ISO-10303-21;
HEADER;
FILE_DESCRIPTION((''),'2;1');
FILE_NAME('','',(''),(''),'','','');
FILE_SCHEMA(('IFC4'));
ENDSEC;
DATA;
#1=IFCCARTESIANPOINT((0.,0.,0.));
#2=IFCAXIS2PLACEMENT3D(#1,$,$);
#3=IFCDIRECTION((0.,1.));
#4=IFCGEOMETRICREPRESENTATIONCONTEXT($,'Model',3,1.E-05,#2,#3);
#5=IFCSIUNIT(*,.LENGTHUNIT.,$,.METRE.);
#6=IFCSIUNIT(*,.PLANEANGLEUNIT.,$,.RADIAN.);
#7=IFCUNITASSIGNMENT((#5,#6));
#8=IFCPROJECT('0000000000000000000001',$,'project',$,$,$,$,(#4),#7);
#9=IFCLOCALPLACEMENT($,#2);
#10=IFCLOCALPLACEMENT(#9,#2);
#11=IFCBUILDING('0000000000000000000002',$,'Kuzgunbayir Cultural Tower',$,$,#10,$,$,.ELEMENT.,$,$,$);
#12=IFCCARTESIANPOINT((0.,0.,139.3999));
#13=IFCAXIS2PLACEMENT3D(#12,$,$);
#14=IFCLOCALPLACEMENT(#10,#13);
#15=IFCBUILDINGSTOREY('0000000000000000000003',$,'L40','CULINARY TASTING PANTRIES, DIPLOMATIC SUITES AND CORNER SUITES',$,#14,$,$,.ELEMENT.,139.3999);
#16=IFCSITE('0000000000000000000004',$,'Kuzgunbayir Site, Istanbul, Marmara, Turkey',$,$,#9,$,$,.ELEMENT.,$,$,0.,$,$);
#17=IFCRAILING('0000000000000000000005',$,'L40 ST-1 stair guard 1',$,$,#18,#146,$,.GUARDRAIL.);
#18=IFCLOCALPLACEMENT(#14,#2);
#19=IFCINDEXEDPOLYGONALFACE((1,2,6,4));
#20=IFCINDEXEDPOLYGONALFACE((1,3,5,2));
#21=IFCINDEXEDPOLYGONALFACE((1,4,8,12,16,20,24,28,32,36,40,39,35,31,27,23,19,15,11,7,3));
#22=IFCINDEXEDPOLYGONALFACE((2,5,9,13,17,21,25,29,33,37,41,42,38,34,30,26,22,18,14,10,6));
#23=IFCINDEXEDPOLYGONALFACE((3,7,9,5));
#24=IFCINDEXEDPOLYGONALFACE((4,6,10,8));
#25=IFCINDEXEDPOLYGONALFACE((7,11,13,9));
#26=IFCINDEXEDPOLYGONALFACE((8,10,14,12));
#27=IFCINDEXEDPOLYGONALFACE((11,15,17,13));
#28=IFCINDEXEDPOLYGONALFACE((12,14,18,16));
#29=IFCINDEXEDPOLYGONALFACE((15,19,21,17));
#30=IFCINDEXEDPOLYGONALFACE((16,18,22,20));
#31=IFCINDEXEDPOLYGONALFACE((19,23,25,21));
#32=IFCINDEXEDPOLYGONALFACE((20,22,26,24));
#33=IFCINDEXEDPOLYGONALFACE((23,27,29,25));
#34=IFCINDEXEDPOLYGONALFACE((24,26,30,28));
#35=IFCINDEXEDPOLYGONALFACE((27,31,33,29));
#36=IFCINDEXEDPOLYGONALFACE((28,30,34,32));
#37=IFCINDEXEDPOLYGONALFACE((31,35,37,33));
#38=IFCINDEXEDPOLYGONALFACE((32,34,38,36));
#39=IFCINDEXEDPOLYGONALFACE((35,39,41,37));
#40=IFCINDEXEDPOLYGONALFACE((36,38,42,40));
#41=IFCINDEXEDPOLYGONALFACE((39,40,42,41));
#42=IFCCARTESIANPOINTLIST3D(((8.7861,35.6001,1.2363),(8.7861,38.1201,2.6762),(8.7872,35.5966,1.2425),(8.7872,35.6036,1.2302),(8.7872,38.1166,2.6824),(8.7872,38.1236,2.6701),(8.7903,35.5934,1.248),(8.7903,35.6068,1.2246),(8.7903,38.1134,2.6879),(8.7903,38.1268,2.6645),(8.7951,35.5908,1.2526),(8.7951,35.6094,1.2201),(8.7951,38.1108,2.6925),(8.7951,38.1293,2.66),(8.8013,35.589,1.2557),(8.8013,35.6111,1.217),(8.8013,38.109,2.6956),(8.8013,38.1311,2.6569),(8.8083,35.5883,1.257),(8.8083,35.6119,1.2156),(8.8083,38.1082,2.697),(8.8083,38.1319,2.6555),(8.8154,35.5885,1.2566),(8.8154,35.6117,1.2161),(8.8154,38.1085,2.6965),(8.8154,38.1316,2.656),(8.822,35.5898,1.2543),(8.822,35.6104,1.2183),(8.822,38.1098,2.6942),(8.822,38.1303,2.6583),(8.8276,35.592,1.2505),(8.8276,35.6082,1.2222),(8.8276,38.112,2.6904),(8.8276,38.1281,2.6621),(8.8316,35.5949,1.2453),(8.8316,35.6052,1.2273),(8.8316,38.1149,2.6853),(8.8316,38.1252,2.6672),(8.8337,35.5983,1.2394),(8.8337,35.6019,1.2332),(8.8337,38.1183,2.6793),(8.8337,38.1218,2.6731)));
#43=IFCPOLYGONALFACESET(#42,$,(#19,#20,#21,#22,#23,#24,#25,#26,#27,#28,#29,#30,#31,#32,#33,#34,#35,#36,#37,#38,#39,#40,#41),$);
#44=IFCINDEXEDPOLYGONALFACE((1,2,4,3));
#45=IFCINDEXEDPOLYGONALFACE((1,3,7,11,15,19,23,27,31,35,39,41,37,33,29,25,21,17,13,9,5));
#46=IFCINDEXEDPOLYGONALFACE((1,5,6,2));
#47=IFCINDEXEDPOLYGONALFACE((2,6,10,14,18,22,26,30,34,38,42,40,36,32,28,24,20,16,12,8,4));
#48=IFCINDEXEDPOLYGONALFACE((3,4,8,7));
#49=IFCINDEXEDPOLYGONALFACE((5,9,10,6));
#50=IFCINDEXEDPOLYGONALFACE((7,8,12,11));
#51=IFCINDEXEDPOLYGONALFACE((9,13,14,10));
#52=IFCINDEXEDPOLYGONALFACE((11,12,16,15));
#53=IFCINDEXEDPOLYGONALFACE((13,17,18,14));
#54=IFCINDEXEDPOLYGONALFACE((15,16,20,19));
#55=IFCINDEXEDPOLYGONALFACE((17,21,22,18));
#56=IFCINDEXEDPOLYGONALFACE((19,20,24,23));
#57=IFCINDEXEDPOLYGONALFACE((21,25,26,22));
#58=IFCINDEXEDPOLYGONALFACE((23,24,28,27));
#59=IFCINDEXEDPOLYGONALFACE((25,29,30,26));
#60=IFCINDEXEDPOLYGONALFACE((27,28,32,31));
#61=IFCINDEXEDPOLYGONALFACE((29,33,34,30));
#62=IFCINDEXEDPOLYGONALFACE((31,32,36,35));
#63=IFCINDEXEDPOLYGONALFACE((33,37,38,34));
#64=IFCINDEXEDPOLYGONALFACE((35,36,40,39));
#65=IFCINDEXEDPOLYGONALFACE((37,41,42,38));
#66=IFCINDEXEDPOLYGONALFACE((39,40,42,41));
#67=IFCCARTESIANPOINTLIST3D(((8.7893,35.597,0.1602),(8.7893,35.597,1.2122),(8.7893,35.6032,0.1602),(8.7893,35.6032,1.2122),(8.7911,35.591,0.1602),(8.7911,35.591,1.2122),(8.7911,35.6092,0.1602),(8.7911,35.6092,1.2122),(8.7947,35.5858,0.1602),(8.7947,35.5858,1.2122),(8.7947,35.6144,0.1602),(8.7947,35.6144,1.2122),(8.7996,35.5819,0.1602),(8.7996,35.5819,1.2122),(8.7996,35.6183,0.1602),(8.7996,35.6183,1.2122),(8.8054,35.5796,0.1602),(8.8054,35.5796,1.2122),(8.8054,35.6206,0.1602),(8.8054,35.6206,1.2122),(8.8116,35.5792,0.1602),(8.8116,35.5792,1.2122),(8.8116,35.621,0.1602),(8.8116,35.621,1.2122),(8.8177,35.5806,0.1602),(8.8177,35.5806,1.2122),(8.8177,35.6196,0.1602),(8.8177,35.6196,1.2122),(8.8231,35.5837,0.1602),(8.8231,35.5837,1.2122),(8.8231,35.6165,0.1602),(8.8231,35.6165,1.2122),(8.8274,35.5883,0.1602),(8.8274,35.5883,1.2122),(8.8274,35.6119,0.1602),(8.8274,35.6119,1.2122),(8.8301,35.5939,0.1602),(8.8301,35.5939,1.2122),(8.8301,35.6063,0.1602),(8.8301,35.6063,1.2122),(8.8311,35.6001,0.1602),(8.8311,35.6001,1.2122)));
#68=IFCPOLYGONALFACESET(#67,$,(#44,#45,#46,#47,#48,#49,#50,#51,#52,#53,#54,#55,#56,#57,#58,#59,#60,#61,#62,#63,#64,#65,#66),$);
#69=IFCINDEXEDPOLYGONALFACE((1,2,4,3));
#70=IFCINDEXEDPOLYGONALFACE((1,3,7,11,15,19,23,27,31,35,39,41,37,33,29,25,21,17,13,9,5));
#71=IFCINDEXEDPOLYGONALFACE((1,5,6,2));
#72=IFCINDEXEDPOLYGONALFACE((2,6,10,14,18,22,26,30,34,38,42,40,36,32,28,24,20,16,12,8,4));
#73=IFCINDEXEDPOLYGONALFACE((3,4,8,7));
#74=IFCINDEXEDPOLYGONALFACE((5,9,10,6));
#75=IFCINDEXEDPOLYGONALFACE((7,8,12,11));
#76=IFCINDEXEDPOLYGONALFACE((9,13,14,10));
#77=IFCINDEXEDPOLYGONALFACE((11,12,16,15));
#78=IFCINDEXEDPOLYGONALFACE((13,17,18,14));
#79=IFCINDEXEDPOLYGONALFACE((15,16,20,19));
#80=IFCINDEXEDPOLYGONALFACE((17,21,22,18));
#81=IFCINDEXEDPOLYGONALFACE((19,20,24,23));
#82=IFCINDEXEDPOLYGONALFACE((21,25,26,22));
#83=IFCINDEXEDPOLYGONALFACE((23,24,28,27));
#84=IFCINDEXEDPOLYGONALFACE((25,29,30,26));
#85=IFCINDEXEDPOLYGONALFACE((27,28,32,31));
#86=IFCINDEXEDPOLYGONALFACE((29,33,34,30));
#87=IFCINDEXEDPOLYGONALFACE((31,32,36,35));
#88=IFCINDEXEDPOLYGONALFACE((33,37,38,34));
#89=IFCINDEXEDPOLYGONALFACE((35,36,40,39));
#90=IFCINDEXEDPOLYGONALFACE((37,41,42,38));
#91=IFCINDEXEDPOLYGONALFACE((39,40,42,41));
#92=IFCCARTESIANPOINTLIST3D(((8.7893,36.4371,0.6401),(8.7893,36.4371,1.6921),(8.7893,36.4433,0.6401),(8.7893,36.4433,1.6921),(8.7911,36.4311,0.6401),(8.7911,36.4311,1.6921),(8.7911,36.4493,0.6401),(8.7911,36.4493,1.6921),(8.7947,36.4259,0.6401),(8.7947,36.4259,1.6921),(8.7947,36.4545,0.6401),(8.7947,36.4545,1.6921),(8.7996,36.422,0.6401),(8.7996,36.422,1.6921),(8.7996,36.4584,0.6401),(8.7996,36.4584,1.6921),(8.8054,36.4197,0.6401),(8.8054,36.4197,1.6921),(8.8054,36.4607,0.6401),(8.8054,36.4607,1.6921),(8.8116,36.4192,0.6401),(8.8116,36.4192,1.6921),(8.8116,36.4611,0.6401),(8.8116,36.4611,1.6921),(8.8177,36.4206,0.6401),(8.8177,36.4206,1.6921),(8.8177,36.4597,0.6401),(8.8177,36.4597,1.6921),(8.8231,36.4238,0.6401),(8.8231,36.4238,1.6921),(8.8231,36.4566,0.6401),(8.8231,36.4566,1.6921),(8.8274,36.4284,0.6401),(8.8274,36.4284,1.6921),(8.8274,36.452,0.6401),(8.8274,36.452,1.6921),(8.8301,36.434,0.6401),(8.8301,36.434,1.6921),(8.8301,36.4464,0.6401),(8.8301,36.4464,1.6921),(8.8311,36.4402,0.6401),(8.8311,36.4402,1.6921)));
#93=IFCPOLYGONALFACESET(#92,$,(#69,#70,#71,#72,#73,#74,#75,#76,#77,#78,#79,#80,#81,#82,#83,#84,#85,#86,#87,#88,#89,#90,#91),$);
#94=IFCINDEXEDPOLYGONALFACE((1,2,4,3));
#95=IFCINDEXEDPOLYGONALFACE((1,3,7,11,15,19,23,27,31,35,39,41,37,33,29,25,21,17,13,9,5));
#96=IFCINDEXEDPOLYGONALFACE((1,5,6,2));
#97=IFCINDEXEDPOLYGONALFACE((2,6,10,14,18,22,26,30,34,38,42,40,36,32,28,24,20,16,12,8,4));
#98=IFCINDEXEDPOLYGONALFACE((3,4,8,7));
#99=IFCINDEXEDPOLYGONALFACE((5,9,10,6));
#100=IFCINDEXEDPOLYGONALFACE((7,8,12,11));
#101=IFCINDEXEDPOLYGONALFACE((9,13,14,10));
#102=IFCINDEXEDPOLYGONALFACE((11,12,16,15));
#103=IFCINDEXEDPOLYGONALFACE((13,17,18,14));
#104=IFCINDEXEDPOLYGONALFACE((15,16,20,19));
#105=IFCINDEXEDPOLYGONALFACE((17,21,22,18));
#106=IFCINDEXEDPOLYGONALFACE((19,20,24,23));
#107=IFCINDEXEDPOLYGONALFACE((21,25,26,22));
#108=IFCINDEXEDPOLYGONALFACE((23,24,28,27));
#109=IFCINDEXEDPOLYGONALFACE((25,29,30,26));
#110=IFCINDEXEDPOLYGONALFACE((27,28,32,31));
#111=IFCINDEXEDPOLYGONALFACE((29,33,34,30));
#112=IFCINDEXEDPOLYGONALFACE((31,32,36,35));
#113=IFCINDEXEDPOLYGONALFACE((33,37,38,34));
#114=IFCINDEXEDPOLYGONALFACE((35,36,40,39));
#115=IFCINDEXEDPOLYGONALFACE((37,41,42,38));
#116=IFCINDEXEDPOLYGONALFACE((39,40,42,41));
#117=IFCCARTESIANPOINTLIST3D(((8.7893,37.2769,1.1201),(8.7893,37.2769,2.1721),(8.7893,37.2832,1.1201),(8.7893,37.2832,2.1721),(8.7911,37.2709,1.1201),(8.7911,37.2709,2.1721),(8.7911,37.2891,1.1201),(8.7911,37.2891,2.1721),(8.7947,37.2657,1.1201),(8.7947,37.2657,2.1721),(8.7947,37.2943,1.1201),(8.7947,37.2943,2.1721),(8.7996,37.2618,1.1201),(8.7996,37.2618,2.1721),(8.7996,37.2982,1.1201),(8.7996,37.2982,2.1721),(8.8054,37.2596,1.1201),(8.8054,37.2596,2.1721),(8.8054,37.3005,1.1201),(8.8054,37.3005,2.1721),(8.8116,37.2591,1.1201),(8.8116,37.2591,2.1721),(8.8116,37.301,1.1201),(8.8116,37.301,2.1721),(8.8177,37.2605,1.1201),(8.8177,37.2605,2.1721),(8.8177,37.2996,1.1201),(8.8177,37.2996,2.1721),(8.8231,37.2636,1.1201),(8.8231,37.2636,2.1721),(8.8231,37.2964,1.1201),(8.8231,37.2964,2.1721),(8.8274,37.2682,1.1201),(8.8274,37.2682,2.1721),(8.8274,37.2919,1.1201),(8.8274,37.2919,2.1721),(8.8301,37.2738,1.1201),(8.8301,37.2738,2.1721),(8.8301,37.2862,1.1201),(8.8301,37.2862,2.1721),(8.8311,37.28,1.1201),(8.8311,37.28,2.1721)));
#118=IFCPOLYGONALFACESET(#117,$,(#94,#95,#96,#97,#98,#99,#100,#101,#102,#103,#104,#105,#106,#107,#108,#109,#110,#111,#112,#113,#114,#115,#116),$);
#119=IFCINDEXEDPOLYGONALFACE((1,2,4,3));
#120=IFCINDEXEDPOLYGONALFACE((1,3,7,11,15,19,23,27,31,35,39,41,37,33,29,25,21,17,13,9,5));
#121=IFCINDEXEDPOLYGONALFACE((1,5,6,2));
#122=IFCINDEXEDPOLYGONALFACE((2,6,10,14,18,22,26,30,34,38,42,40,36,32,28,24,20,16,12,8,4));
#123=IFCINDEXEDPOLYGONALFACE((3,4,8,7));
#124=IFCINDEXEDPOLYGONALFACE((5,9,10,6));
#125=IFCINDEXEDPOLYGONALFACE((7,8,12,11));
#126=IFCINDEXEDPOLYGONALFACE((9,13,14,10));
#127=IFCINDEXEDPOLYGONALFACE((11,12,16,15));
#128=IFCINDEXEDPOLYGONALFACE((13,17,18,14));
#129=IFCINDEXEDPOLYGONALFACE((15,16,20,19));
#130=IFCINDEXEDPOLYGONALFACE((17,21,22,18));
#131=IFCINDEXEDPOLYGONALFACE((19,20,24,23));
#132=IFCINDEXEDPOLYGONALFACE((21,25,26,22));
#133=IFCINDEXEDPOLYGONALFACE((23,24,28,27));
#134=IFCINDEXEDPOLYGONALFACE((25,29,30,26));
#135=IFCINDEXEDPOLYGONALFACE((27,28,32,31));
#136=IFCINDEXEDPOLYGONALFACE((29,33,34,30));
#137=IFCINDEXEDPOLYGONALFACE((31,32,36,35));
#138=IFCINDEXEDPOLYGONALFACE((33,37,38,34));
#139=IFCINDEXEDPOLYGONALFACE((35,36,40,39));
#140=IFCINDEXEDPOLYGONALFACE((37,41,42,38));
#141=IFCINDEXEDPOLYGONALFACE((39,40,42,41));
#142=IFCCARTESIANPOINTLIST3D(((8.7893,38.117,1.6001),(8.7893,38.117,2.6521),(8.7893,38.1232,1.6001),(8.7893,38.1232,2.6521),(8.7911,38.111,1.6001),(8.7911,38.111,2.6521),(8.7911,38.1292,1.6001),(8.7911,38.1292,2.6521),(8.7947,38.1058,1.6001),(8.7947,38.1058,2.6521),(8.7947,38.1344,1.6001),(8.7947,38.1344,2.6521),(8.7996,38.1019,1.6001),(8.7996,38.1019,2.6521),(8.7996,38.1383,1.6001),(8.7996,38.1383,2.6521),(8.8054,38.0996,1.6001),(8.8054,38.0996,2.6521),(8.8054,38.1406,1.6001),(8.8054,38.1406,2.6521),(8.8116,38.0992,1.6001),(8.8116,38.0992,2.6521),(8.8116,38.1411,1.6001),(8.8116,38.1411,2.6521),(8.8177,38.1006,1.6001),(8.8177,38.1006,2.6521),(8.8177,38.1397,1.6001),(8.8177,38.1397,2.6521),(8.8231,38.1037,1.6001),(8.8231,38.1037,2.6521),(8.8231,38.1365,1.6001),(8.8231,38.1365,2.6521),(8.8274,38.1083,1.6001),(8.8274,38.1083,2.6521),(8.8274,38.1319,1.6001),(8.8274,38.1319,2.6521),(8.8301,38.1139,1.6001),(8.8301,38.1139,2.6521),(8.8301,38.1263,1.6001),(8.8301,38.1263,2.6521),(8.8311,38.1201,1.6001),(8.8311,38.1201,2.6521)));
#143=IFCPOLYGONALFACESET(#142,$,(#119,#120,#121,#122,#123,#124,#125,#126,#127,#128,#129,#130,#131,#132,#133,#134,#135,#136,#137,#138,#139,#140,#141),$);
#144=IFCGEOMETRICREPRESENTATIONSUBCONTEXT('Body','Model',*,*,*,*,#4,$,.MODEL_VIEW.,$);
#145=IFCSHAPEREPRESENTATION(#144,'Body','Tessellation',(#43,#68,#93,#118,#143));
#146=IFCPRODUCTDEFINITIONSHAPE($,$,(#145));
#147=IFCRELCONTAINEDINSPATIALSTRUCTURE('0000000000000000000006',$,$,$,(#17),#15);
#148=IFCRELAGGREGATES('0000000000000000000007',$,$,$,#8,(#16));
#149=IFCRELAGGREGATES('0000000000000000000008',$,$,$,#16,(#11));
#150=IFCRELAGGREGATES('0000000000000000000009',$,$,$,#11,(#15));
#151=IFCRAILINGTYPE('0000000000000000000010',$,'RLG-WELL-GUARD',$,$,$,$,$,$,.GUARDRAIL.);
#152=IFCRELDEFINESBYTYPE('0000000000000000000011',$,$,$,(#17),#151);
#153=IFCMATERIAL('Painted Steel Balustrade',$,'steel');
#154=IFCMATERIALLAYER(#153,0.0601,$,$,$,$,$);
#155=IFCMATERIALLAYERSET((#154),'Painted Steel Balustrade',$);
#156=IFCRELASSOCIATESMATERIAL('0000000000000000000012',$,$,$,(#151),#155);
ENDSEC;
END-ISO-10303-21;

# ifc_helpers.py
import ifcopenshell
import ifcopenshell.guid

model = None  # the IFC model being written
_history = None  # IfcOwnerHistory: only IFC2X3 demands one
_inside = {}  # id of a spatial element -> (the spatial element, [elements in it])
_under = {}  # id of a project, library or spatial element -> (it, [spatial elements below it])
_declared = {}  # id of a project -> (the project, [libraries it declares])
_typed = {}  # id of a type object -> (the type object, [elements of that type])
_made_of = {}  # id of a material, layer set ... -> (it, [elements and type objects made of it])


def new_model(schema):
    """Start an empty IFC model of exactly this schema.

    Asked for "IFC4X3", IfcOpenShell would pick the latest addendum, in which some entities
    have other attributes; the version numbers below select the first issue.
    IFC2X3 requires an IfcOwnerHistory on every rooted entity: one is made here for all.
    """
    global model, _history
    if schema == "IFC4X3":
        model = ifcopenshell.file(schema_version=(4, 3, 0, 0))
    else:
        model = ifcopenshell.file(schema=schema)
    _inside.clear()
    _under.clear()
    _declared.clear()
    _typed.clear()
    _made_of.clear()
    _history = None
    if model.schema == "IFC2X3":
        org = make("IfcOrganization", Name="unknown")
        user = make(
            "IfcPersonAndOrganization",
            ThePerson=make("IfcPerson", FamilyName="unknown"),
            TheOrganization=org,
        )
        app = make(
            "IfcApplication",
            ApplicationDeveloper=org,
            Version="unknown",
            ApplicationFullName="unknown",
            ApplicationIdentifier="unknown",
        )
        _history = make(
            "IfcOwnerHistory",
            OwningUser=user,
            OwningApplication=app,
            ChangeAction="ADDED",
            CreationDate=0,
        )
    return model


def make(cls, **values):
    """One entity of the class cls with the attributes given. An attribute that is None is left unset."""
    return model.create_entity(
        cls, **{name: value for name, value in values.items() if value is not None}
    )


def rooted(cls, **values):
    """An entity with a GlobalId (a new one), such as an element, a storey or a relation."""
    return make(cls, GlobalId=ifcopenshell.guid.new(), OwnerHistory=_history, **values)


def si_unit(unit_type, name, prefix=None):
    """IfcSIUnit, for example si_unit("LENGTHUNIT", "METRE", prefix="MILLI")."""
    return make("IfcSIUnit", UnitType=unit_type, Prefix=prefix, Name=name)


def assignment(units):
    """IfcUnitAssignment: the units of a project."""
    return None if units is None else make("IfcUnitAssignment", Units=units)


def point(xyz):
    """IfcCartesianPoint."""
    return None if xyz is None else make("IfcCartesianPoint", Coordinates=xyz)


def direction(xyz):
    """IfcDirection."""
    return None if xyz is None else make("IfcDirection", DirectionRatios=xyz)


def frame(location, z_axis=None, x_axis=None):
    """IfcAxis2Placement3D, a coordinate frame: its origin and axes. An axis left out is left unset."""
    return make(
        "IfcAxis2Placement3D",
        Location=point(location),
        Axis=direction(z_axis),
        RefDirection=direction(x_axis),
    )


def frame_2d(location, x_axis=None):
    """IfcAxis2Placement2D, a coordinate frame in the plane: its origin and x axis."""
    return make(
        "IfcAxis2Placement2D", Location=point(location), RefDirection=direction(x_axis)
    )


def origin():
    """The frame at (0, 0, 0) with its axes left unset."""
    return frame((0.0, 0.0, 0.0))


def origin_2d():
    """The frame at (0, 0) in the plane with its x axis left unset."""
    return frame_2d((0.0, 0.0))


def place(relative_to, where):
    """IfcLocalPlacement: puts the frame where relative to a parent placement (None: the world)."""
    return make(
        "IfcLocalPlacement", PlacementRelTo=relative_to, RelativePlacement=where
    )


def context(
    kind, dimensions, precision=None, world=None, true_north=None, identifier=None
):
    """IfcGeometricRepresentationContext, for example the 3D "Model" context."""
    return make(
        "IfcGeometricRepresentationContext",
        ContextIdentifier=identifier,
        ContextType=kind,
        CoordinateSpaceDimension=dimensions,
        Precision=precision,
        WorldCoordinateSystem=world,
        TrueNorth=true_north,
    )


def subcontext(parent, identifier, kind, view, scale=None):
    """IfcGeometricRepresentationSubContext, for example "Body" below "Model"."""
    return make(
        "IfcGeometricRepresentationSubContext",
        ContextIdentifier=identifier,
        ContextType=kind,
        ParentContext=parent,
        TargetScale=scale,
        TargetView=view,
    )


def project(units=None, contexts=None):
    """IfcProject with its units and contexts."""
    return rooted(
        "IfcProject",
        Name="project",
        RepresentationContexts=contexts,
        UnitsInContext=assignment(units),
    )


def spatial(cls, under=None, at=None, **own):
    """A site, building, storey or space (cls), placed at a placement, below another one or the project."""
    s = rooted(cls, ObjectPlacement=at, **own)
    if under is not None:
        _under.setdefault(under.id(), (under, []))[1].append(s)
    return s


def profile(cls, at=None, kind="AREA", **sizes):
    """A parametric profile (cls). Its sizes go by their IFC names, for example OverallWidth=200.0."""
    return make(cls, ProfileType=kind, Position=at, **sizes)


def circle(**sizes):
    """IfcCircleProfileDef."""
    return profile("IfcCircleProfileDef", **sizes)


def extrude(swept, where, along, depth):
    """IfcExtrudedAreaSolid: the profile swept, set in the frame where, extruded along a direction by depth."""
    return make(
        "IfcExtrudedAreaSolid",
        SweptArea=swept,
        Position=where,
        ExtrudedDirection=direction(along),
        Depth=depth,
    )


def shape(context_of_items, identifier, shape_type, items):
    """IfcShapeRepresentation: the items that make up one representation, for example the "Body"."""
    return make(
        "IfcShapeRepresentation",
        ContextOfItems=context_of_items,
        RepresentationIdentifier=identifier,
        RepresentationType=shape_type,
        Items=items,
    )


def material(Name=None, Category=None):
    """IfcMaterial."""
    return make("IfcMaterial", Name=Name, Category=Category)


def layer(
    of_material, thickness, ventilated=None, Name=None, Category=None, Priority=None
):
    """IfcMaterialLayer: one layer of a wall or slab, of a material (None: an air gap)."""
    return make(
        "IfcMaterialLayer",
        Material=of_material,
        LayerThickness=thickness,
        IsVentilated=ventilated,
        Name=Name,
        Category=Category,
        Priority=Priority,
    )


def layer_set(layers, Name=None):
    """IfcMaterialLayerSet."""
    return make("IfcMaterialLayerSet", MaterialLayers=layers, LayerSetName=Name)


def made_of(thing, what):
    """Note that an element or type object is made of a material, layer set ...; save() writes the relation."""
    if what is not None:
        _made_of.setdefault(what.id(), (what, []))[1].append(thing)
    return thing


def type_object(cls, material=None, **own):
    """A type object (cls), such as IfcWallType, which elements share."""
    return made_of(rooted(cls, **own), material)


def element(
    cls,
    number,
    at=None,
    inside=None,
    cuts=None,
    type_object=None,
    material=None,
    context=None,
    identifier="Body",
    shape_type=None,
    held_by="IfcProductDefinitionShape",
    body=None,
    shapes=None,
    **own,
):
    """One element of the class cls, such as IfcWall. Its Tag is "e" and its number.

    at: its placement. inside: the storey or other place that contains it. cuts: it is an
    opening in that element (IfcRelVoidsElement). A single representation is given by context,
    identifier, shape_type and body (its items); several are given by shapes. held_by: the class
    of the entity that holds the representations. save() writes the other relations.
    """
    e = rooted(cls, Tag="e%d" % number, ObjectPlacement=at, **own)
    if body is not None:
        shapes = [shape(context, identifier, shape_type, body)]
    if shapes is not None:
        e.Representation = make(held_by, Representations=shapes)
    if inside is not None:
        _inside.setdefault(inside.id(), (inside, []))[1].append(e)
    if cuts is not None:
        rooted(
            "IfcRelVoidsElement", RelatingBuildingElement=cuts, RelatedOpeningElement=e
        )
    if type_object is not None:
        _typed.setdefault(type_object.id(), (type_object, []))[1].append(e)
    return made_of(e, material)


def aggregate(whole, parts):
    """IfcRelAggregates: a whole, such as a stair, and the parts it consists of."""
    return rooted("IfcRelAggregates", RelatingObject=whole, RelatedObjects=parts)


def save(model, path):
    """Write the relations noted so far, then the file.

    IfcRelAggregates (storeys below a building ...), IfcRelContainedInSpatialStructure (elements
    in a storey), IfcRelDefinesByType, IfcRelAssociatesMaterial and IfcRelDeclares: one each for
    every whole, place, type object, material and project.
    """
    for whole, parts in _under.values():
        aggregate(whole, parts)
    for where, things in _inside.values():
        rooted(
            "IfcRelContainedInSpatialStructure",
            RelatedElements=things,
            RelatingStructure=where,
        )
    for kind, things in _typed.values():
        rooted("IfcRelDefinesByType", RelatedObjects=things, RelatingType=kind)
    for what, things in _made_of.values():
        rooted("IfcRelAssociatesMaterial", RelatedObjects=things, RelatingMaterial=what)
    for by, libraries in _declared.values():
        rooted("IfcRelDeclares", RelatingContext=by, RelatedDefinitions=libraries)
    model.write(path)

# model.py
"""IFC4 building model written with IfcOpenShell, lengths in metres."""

from ifc_helpers import new_model, si_unit, direction, frame, origin, origin_2d, place, context, subcontext, project, spatial, circle, extrude, material, layer, layer_set, type_object, element, save


model = new_model("IFC4")

# Units and contexts
model_context = context("Model", 3, precision=1e-05, world=origin(), true_north=direction((0.0, 1.0)))
body_context = subcontext(model_context, "Body", "Model", "MODEL_VIEW")
ifc_project = project(units=[si_unit("LENGTHUNIT", "METRE"), si_unit("PLANEANGLEUNIT", "RADIAN")], contexts=[model_context])

# Site, building, storey
site_placement = place(None, origin())
site = spatial("IfcSite", under=ifc_project, at=site_placement, Name="Kuzgunbayir Site, Istanbul, Marmara, Turkey", CompositionType="ELEMENT", RefElevation=0.0)
building_placement = place(site_placement, origin())
building = spatial("IfcBuilding", under=site, at=building_placement, Name="Kuzgunbayir Cultural Tower", CompositionType="ELEMENT")
storey_placement = place(building_placement, frame((0.0, 0.0, 139.3999)))
storey = spatial("IfcBuildingStorey", under=building, at=storey_placement, Name="L40", Description="CULINARY TASTING PANTRIES, DIPLOMATIC SUITES AND CORNER SUITES", CompositionType="ELEMENT", Elevation=139.3999)

# Railing
ifc_material_1 = material(Name="Painted Steel Balustrade", Category="steel")
ifc_layer_1 = layer(ifc_material_1, 0.0601)
ifc_layer_set_1 = layer_set([ifc_layer_1], Name="Painted Steel Balustrade")
railing_type_1 = type_object("IfcRailingType", Name="RLG-WELL-GUARD", PredefinedType="GUARDRAIL", material=ifc_layer_set_1)
railing_1_placement = place(storey_placement, frame((8.8101, 35.6001, 0.1602)))
element("IfcRailing", 1, at=railing_1_placement, inside=storey, type_object=railing_type_1, Name="L40 ST-1 stair guard 1", PredefinedType="GUARDRAIL", context=body_context, shape_type="SweptSolid", body=[
    extrude(circle(Radius=0.0239, at=origin_2d()), frame((0.0, 0.0, 1.0762), z_axis=(0.0, 0.868253, 0.496121), x_axis=(-1.0, 0.0, 0.0)), (0.0, 0.0, 1.0), 2.9023),
    extrude(circle(Radius=0.021, at=origin_2d()), origin(), (0.0, 0.0, 1.0), 1.052),
    extrude(circle(Radius=0.021, at=origin_2d()), frame((0.0, 0.8401, 0.48)), (0.0, 0.0, 1.0), 1.052),
    extrude(circle(Radius=0.021, at=origin_2d()), frame((0.0, 1.6799, 0.96)), (0.0, 0.0, 1.0), 1.052),
    extrude(circle(Radius=0.021, at=origin_2d()), frame((0.0, 2.52, 1.4399)), (0.0, 0.0, 1.0), 1.052),
])

save(model, "model.ifc")
